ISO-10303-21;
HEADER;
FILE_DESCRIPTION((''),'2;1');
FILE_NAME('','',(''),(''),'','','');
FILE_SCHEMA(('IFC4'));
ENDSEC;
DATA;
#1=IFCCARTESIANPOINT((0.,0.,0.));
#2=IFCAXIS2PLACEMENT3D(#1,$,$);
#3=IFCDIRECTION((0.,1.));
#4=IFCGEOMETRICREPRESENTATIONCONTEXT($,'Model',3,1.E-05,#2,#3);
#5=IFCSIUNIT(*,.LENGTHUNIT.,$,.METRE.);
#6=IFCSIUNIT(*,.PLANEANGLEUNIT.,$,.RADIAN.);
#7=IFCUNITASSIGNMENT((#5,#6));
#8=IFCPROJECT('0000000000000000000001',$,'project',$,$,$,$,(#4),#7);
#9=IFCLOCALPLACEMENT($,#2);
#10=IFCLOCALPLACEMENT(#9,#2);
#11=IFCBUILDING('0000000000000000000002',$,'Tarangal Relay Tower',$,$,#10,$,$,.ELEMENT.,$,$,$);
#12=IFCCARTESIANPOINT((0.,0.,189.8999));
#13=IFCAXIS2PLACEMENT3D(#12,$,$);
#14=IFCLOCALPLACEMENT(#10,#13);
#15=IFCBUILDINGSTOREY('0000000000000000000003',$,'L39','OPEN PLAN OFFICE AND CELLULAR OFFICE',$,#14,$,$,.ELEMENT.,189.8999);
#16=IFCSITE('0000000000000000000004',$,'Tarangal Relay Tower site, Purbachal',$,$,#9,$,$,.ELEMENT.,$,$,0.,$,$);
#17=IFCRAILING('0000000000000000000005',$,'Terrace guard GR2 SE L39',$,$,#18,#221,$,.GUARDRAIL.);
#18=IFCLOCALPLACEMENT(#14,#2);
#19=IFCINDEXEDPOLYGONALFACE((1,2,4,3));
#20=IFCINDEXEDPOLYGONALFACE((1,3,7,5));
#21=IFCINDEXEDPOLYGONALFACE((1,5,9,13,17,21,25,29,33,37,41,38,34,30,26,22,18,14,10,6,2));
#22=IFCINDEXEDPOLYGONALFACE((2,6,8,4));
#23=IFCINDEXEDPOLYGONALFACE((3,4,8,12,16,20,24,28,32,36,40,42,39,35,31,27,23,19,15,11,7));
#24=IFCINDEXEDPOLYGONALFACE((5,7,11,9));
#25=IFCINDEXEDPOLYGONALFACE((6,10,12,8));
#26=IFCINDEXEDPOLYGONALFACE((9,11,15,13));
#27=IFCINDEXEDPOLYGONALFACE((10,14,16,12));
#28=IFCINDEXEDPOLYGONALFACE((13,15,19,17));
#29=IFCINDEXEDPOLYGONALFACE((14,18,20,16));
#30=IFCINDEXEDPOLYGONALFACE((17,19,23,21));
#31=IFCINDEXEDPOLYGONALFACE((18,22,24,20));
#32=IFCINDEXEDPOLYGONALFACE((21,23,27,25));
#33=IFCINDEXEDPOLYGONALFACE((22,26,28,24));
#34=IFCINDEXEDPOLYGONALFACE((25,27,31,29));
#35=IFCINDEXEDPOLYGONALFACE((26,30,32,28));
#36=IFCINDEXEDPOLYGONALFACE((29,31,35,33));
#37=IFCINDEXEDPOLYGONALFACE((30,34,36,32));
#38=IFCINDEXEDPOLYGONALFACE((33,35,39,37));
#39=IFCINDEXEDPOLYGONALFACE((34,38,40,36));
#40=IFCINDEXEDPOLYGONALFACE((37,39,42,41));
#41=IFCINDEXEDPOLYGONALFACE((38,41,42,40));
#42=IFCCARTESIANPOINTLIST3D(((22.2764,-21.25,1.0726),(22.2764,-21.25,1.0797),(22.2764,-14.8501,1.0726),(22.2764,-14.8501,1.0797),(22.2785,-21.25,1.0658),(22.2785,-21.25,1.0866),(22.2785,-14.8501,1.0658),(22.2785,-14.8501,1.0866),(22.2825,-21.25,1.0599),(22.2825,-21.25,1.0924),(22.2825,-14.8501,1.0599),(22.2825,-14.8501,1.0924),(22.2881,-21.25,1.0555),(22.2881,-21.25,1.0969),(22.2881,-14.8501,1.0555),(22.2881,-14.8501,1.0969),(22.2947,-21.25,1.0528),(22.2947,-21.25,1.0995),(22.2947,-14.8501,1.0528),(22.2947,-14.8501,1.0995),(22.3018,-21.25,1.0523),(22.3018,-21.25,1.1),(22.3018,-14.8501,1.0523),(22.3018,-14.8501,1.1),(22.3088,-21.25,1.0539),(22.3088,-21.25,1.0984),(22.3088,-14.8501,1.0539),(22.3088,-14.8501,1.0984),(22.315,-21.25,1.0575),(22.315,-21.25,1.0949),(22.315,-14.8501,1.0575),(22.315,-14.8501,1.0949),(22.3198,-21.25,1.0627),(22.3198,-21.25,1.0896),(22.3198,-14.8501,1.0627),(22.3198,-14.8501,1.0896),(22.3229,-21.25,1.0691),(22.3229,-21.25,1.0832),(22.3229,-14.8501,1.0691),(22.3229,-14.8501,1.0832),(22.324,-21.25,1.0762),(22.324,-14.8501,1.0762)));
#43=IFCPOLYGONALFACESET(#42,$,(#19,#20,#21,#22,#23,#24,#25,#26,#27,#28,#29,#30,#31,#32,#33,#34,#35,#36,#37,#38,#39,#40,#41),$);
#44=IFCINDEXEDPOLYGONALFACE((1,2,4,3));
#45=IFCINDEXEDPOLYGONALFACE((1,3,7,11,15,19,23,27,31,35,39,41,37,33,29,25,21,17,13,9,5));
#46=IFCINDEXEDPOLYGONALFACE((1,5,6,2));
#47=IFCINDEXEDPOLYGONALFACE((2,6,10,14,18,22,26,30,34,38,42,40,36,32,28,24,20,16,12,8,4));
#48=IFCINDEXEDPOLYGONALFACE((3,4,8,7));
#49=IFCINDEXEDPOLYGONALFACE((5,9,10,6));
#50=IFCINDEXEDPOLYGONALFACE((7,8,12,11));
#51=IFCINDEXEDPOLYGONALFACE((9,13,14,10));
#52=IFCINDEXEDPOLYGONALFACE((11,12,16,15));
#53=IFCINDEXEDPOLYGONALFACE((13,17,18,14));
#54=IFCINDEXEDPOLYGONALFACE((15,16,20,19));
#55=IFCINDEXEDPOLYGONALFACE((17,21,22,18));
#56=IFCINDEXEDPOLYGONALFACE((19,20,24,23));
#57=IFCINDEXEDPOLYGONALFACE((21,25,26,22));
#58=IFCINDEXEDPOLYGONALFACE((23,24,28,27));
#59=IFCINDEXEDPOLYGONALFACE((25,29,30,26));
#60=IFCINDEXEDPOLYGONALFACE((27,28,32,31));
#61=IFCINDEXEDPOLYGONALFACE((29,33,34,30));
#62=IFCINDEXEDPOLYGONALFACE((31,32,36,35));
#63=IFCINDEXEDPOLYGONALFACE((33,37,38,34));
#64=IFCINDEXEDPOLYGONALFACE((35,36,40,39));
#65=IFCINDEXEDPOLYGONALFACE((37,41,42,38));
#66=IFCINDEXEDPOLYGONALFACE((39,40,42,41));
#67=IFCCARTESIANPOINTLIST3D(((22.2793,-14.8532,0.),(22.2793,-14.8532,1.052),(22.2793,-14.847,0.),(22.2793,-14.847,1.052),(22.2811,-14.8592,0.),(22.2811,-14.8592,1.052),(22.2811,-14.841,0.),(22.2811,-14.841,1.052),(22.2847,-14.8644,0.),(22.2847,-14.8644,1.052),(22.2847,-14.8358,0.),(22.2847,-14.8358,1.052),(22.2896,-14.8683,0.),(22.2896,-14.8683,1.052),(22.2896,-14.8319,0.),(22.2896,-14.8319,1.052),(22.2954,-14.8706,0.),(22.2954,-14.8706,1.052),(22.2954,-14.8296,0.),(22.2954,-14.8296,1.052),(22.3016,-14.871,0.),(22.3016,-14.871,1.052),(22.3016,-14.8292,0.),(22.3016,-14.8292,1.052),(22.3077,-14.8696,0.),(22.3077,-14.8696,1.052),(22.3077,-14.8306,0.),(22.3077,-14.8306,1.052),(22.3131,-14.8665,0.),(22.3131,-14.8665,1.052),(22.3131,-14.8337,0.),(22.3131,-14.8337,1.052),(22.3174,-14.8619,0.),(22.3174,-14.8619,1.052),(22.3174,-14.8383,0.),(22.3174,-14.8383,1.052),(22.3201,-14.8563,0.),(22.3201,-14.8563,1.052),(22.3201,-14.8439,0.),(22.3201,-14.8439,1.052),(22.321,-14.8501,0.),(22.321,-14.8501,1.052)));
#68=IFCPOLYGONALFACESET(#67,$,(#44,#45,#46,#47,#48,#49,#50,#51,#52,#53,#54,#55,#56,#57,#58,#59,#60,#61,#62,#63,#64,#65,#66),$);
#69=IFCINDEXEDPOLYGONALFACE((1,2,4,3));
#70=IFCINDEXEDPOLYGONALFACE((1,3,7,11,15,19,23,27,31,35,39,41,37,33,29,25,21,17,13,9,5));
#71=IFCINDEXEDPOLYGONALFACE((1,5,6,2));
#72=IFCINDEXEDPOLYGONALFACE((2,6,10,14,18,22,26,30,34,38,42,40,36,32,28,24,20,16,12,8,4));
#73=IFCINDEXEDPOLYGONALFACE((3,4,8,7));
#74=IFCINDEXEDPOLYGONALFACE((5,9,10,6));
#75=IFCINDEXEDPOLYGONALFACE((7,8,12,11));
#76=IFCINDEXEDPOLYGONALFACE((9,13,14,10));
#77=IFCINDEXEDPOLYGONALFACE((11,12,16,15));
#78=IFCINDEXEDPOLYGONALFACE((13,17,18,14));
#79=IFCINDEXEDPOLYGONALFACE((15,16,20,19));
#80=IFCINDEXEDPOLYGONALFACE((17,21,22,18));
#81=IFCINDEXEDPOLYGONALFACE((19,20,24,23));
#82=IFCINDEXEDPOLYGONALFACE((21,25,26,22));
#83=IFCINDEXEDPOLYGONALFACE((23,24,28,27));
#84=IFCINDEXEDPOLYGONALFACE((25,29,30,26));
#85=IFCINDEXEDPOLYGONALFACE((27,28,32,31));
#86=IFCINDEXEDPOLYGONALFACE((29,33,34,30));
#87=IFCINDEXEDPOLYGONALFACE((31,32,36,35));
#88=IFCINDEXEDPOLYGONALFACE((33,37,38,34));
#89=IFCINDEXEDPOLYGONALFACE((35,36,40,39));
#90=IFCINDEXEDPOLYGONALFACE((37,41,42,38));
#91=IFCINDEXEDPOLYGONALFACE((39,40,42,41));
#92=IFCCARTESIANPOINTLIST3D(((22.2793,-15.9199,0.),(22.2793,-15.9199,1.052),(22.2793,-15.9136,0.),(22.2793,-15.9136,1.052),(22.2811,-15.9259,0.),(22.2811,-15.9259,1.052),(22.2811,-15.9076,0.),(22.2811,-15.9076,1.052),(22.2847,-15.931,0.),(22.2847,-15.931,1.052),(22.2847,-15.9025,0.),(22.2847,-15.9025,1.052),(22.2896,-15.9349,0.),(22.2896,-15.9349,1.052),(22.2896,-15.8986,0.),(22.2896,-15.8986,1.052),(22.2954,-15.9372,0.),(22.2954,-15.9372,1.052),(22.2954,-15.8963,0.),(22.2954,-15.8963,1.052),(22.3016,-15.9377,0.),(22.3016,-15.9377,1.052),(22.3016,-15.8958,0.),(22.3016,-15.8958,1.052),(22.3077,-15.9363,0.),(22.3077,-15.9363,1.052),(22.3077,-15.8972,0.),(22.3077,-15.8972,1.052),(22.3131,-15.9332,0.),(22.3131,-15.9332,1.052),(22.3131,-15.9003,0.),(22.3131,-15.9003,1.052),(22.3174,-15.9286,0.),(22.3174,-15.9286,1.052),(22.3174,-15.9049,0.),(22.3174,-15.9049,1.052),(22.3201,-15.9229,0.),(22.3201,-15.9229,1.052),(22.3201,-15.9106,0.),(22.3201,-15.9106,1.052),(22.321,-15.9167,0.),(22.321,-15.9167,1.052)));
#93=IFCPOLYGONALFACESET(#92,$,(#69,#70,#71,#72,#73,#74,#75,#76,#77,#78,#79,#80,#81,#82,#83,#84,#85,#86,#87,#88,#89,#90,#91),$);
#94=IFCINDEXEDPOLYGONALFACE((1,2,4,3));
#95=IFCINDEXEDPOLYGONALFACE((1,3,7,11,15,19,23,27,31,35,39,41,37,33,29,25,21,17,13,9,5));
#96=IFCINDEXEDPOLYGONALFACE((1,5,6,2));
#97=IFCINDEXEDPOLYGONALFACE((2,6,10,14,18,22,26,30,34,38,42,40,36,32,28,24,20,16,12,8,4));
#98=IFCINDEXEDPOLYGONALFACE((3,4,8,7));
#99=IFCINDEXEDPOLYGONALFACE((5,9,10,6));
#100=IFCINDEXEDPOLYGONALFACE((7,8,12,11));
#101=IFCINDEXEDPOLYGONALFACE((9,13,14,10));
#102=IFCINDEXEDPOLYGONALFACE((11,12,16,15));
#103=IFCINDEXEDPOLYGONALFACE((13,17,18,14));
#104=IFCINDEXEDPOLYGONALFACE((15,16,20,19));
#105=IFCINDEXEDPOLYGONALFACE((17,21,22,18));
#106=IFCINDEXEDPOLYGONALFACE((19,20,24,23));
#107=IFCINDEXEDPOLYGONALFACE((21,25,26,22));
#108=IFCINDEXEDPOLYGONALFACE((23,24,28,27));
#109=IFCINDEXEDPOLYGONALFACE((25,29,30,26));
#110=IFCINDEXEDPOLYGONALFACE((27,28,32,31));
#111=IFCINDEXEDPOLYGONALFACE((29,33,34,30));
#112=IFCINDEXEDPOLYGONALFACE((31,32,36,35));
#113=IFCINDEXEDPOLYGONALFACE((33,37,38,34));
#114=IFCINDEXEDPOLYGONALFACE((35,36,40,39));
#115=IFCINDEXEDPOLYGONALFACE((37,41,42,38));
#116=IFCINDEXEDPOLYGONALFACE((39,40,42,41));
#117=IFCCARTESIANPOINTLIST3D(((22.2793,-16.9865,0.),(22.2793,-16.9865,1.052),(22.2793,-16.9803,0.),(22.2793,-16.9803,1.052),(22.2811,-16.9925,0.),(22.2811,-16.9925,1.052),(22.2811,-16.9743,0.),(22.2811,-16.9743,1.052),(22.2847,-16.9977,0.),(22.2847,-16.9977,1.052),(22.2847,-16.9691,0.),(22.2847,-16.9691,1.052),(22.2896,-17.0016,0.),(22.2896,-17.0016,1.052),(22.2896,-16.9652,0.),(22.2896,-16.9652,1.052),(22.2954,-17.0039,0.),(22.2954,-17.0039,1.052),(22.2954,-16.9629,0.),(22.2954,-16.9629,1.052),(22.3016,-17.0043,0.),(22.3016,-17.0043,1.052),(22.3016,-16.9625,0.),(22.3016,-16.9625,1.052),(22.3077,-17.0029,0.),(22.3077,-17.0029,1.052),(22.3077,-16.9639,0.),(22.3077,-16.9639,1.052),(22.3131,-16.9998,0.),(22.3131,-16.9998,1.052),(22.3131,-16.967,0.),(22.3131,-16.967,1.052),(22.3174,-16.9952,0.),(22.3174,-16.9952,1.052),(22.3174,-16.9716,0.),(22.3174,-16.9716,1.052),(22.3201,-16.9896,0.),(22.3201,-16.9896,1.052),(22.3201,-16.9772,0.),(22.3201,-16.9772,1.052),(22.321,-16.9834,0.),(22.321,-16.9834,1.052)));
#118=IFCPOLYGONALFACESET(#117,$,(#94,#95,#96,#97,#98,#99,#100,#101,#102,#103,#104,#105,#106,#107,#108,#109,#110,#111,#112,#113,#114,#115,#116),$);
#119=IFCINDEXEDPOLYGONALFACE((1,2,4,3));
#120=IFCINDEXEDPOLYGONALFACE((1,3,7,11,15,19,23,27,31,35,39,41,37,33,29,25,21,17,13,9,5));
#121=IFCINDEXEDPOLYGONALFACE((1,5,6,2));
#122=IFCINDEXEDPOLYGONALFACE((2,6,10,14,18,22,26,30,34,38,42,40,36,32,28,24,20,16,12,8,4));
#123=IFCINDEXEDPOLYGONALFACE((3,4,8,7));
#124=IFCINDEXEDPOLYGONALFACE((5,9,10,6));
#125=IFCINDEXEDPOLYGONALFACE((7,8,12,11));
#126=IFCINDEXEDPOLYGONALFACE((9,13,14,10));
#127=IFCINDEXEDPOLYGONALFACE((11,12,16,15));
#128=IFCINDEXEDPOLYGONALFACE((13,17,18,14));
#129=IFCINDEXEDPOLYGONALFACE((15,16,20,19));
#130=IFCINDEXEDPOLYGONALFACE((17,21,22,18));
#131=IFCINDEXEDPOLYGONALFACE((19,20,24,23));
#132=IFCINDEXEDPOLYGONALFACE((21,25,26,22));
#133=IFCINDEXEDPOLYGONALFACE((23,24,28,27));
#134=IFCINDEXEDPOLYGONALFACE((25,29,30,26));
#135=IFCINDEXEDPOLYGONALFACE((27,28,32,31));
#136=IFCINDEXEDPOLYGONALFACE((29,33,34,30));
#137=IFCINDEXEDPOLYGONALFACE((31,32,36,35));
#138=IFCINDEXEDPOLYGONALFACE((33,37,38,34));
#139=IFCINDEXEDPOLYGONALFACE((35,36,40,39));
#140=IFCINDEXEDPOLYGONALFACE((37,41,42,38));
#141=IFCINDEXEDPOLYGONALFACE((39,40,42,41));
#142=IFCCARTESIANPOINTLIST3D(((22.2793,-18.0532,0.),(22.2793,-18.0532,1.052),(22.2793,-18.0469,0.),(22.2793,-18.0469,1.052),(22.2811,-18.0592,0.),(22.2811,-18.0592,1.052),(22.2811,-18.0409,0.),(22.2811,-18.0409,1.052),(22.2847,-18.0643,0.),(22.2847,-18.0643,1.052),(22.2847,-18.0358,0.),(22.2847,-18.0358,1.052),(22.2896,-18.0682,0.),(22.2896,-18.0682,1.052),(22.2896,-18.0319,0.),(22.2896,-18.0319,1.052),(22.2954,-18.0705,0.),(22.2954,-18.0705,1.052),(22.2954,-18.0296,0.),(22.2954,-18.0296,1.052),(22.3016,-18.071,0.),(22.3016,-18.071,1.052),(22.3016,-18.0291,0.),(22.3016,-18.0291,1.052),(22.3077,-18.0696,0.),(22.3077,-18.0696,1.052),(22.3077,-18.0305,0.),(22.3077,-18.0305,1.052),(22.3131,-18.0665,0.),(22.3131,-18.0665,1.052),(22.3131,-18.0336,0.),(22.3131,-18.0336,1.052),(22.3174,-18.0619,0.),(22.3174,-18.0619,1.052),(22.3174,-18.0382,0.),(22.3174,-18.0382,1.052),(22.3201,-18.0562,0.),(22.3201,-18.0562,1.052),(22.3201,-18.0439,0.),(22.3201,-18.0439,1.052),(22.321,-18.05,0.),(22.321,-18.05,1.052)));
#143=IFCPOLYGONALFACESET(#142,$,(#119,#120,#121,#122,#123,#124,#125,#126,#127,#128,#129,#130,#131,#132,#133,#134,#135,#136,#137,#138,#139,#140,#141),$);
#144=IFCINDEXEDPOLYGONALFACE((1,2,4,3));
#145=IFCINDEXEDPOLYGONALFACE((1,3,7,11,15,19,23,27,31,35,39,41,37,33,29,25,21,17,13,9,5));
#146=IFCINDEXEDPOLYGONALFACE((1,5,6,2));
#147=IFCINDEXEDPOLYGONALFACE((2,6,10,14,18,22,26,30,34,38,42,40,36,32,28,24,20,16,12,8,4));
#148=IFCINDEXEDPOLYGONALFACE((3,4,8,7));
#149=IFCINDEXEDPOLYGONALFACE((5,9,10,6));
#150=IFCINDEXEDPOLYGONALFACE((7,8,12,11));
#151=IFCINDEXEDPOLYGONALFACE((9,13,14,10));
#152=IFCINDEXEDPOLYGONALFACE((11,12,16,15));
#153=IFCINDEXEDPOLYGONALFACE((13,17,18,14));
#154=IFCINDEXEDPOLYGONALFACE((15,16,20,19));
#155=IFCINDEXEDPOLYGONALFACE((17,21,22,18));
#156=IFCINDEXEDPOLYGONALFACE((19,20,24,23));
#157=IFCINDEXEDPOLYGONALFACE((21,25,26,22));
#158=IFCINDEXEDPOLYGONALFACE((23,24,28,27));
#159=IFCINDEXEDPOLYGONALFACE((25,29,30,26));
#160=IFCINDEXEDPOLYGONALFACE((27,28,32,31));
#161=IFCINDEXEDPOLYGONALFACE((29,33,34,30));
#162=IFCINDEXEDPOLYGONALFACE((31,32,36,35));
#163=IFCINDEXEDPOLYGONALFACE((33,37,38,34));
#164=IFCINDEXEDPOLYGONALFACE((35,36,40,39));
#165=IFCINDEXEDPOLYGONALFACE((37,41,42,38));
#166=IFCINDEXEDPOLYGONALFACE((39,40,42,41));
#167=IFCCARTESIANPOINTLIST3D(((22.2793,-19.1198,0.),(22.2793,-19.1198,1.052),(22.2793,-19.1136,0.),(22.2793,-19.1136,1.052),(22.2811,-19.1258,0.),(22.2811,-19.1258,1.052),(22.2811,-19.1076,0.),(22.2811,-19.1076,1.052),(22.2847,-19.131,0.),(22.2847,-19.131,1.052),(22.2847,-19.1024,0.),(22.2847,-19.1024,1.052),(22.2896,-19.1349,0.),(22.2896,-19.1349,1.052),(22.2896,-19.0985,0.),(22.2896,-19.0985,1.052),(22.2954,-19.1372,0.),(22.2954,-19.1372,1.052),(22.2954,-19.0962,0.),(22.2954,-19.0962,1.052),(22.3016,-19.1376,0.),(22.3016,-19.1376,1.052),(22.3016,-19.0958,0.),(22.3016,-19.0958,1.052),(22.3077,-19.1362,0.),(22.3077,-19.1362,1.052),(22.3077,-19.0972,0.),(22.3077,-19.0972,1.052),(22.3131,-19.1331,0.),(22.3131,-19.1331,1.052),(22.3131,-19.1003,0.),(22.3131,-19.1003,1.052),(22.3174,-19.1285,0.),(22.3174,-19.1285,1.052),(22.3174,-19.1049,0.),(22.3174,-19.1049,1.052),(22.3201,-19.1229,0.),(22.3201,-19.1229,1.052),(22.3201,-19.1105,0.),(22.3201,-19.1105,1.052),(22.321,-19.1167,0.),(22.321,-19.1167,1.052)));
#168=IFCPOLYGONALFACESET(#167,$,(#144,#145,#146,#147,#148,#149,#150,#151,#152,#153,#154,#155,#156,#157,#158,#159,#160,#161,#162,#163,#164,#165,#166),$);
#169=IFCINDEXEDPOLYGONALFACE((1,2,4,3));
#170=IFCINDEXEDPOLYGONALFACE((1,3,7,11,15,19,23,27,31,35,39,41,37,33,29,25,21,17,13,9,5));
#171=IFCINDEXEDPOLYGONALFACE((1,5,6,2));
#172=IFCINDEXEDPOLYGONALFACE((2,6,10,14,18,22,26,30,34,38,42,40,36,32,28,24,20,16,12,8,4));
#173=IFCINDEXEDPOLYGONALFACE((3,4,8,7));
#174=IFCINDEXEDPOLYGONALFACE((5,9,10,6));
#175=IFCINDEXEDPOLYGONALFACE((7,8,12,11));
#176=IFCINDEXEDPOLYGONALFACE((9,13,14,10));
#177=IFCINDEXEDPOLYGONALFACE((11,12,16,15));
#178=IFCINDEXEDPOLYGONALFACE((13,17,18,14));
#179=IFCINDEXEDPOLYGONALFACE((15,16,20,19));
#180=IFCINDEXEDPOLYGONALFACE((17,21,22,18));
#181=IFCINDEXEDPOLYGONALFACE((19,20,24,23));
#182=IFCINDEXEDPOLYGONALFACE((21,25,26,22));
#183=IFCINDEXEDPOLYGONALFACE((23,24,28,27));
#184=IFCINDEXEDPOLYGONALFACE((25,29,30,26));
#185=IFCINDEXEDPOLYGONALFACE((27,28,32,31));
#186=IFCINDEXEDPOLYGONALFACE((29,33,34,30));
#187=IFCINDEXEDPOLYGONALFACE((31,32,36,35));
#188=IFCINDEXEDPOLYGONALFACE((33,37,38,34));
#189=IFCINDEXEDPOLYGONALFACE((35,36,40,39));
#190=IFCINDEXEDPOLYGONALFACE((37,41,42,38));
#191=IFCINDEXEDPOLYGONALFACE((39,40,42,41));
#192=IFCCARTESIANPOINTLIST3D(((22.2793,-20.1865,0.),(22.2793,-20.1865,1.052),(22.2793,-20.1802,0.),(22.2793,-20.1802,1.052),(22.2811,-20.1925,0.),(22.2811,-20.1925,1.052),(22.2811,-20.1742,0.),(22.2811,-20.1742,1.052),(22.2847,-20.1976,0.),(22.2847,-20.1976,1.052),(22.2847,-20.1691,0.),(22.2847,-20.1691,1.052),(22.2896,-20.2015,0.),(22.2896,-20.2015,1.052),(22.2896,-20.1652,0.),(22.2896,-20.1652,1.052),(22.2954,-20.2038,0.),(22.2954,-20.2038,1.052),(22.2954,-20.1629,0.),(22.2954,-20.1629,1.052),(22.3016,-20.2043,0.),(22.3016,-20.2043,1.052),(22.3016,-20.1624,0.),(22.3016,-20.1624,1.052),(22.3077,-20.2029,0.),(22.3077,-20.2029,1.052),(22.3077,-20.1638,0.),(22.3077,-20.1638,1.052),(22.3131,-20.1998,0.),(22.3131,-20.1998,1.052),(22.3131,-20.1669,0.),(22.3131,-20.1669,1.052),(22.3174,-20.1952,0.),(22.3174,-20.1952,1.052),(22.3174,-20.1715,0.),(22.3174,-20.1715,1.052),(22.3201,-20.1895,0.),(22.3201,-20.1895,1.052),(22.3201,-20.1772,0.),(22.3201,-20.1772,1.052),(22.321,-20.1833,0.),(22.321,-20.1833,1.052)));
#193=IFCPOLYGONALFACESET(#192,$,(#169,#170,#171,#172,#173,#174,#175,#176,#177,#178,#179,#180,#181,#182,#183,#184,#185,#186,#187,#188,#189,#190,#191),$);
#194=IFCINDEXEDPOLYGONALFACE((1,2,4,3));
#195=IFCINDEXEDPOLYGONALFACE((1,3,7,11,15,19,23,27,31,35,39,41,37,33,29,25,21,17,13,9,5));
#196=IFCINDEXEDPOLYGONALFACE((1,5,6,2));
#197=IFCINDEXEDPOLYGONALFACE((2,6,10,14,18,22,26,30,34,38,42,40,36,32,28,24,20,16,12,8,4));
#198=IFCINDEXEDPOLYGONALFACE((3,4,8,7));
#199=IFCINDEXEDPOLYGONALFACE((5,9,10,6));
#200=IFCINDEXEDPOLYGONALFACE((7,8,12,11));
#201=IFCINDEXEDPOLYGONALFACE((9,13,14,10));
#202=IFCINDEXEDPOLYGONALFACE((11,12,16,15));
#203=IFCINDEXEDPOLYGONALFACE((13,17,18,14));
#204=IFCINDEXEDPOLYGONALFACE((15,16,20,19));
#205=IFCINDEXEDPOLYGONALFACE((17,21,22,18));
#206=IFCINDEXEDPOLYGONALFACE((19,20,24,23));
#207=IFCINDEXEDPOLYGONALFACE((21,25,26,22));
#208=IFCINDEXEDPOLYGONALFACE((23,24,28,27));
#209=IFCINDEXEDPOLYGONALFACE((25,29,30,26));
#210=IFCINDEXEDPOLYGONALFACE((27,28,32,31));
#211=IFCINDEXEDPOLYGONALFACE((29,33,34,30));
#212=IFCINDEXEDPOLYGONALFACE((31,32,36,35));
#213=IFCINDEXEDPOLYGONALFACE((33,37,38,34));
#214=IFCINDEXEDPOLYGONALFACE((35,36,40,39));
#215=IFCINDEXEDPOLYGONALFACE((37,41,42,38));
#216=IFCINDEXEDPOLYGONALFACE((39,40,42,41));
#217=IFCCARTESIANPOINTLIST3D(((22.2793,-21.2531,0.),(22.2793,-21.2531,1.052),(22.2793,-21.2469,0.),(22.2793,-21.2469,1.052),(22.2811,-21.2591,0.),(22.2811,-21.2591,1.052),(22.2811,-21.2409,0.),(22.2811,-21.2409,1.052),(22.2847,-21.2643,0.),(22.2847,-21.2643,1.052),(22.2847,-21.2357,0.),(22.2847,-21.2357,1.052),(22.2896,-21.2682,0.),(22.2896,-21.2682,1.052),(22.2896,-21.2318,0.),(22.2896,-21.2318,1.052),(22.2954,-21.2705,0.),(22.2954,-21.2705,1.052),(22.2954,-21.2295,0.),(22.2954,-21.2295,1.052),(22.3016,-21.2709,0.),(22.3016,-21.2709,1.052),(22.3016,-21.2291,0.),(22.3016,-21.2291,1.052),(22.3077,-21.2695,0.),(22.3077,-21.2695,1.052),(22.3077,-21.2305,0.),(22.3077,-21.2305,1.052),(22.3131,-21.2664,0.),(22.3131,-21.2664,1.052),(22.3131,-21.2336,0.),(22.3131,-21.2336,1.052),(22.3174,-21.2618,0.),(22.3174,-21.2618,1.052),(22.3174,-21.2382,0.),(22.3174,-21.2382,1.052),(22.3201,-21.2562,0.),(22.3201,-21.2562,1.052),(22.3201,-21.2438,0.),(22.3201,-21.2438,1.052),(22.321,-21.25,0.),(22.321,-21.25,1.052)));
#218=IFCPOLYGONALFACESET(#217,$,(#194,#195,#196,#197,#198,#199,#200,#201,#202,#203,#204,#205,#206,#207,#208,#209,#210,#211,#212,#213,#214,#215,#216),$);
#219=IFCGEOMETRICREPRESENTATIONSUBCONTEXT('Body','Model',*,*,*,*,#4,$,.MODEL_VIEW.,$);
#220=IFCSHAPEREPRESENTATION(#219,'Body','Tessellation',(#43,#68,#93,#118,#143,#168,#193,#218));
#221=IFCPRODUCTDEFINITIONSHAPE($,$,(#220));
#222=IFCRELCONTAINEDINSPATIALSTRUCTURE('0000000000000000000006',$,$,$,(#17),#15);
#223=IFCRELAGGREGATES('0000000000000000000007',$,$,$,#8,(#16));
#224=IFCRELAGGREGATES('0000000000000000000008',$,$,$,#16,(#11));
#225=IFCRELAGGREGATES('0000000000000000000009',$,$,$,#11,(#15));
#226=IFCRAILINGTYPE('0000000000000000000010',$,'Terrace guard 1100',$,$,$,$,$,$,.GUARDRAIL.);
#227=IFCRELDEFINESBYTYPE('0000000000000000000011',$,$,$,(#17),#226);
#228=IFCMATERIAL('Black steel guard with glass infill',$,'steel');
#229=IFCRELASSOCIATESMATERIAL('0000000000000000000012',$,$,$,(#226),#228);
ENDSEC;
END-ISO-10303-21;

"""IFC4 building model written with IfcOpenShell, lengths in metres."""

from ifc_helpers import new_model, si_unit, direction, frame, origin, origin_2d, place, context, subcontext, project, spatial, circle, extrude, material, type_object, element, save


model = new_model("IFC4")

# Units and contexts
model_context = context("Model", 3, precision=1e-05, world=origin(), true_north=direction((0.0, 1.0)))
body_context = subcontext(model_context, "Body", "Model", "MODEL_VIEW")
ifc_project = project(units=[si_unit("LENGTHUNIT", "METRE"), si_unit("PLANEANGLEUNIT", "RADIAN")], contexts=[model_context])

# Site, building, storey
site_placement = place(None, origin())
site = spatial("IfcSite", under=ifc_project, at=site_placement, Name="Tarangal Relay Tower site, Purbachal", CompositionType="ELEMENT", RefElevation=0.0)
building_placement = place(site_placement, origin())
building = spatial("IfcBuilding", under=site, at=building_placement, Name="Tarangal Relay Tower", CompositionType="ELEMENT")
storey_placement = place(building_placement, frame((0.0, 0.0, 189.8999)))
storey = spatial("IfcBuildingStorey", under=building, at=storey_placement, Name="L39", Description="OPEN PLAN OFFICE AND CELLULAR OFFICE", CompositionType="ELEMENT", Elevation=189.8999)

# Railing
ifc_material_1 = material(Name="Black steel guard with glass infill", Category="steel")
railing_type = type_object("IfcRailingType", Name="Terrace guard 1100", PredefinedType="GUARDRAIL", material=ifc_material_1)
railing_1_placement = place(storey_placement, frame((22.3, -14.8501, 0.0)))
element("IfcRailing", 1, at=railing_1_placement, inside=storey, type_object=railing_type, Name="Terrace guard GR2 SE L39", PredefinedType="GUARDRAIL", context=body_context, shape_type="SweptSolid", body=[
    extrude(circle(Radius=0.0239, at=origin_2d()), frame((0.0, 0.0, 1.0762), z_axis=(0.0, -1.0, 0.0), x_axis=(1.0, 0.0, 0.0)), (0.0, 0.0, 1.0), 6.3999),
    extrude(circle(Radius=0.021, at=origin_2d()), origin(), (0.0, 0.0, 1.0), 1.052),
    extrude(circle(Radius=0.021, at=origin_2d()), frame((0.0, -1.0667, 0.0)), (0.0, 0.0, 1.0), 1.052),
    extrude(circle(Radius=0.021, at=origin_2d()), frame((0.0, -2.1333, 0.0)), (0.0, 0.0, 1.0), 1.052),
    extrude(circle(Radius=0.021, at=origin_2d()), frame((0.0, -3.2, 0.0)), (0.0, 0.0, 1.0), 1.052),
    extrude(circle(Radius=0.021, at=origin_2d()), frame((0.0, -4.2666, 0.0)), (0.0, 0.0, 1.0), 1.052),
    extrude(circle(Radius=0.021, at=origin_2d()), frame((0.0, -5.3333, 0.0)), (0.0, 0.0, 1.0), 1.052),
    extrude(circle(Radius=0.021, at=origin_2d()), frame((0.0, -6.3999, 0.0)), (0.0, 0.0, 1.0), 1.052),
])

save(model, "model.ifc")
